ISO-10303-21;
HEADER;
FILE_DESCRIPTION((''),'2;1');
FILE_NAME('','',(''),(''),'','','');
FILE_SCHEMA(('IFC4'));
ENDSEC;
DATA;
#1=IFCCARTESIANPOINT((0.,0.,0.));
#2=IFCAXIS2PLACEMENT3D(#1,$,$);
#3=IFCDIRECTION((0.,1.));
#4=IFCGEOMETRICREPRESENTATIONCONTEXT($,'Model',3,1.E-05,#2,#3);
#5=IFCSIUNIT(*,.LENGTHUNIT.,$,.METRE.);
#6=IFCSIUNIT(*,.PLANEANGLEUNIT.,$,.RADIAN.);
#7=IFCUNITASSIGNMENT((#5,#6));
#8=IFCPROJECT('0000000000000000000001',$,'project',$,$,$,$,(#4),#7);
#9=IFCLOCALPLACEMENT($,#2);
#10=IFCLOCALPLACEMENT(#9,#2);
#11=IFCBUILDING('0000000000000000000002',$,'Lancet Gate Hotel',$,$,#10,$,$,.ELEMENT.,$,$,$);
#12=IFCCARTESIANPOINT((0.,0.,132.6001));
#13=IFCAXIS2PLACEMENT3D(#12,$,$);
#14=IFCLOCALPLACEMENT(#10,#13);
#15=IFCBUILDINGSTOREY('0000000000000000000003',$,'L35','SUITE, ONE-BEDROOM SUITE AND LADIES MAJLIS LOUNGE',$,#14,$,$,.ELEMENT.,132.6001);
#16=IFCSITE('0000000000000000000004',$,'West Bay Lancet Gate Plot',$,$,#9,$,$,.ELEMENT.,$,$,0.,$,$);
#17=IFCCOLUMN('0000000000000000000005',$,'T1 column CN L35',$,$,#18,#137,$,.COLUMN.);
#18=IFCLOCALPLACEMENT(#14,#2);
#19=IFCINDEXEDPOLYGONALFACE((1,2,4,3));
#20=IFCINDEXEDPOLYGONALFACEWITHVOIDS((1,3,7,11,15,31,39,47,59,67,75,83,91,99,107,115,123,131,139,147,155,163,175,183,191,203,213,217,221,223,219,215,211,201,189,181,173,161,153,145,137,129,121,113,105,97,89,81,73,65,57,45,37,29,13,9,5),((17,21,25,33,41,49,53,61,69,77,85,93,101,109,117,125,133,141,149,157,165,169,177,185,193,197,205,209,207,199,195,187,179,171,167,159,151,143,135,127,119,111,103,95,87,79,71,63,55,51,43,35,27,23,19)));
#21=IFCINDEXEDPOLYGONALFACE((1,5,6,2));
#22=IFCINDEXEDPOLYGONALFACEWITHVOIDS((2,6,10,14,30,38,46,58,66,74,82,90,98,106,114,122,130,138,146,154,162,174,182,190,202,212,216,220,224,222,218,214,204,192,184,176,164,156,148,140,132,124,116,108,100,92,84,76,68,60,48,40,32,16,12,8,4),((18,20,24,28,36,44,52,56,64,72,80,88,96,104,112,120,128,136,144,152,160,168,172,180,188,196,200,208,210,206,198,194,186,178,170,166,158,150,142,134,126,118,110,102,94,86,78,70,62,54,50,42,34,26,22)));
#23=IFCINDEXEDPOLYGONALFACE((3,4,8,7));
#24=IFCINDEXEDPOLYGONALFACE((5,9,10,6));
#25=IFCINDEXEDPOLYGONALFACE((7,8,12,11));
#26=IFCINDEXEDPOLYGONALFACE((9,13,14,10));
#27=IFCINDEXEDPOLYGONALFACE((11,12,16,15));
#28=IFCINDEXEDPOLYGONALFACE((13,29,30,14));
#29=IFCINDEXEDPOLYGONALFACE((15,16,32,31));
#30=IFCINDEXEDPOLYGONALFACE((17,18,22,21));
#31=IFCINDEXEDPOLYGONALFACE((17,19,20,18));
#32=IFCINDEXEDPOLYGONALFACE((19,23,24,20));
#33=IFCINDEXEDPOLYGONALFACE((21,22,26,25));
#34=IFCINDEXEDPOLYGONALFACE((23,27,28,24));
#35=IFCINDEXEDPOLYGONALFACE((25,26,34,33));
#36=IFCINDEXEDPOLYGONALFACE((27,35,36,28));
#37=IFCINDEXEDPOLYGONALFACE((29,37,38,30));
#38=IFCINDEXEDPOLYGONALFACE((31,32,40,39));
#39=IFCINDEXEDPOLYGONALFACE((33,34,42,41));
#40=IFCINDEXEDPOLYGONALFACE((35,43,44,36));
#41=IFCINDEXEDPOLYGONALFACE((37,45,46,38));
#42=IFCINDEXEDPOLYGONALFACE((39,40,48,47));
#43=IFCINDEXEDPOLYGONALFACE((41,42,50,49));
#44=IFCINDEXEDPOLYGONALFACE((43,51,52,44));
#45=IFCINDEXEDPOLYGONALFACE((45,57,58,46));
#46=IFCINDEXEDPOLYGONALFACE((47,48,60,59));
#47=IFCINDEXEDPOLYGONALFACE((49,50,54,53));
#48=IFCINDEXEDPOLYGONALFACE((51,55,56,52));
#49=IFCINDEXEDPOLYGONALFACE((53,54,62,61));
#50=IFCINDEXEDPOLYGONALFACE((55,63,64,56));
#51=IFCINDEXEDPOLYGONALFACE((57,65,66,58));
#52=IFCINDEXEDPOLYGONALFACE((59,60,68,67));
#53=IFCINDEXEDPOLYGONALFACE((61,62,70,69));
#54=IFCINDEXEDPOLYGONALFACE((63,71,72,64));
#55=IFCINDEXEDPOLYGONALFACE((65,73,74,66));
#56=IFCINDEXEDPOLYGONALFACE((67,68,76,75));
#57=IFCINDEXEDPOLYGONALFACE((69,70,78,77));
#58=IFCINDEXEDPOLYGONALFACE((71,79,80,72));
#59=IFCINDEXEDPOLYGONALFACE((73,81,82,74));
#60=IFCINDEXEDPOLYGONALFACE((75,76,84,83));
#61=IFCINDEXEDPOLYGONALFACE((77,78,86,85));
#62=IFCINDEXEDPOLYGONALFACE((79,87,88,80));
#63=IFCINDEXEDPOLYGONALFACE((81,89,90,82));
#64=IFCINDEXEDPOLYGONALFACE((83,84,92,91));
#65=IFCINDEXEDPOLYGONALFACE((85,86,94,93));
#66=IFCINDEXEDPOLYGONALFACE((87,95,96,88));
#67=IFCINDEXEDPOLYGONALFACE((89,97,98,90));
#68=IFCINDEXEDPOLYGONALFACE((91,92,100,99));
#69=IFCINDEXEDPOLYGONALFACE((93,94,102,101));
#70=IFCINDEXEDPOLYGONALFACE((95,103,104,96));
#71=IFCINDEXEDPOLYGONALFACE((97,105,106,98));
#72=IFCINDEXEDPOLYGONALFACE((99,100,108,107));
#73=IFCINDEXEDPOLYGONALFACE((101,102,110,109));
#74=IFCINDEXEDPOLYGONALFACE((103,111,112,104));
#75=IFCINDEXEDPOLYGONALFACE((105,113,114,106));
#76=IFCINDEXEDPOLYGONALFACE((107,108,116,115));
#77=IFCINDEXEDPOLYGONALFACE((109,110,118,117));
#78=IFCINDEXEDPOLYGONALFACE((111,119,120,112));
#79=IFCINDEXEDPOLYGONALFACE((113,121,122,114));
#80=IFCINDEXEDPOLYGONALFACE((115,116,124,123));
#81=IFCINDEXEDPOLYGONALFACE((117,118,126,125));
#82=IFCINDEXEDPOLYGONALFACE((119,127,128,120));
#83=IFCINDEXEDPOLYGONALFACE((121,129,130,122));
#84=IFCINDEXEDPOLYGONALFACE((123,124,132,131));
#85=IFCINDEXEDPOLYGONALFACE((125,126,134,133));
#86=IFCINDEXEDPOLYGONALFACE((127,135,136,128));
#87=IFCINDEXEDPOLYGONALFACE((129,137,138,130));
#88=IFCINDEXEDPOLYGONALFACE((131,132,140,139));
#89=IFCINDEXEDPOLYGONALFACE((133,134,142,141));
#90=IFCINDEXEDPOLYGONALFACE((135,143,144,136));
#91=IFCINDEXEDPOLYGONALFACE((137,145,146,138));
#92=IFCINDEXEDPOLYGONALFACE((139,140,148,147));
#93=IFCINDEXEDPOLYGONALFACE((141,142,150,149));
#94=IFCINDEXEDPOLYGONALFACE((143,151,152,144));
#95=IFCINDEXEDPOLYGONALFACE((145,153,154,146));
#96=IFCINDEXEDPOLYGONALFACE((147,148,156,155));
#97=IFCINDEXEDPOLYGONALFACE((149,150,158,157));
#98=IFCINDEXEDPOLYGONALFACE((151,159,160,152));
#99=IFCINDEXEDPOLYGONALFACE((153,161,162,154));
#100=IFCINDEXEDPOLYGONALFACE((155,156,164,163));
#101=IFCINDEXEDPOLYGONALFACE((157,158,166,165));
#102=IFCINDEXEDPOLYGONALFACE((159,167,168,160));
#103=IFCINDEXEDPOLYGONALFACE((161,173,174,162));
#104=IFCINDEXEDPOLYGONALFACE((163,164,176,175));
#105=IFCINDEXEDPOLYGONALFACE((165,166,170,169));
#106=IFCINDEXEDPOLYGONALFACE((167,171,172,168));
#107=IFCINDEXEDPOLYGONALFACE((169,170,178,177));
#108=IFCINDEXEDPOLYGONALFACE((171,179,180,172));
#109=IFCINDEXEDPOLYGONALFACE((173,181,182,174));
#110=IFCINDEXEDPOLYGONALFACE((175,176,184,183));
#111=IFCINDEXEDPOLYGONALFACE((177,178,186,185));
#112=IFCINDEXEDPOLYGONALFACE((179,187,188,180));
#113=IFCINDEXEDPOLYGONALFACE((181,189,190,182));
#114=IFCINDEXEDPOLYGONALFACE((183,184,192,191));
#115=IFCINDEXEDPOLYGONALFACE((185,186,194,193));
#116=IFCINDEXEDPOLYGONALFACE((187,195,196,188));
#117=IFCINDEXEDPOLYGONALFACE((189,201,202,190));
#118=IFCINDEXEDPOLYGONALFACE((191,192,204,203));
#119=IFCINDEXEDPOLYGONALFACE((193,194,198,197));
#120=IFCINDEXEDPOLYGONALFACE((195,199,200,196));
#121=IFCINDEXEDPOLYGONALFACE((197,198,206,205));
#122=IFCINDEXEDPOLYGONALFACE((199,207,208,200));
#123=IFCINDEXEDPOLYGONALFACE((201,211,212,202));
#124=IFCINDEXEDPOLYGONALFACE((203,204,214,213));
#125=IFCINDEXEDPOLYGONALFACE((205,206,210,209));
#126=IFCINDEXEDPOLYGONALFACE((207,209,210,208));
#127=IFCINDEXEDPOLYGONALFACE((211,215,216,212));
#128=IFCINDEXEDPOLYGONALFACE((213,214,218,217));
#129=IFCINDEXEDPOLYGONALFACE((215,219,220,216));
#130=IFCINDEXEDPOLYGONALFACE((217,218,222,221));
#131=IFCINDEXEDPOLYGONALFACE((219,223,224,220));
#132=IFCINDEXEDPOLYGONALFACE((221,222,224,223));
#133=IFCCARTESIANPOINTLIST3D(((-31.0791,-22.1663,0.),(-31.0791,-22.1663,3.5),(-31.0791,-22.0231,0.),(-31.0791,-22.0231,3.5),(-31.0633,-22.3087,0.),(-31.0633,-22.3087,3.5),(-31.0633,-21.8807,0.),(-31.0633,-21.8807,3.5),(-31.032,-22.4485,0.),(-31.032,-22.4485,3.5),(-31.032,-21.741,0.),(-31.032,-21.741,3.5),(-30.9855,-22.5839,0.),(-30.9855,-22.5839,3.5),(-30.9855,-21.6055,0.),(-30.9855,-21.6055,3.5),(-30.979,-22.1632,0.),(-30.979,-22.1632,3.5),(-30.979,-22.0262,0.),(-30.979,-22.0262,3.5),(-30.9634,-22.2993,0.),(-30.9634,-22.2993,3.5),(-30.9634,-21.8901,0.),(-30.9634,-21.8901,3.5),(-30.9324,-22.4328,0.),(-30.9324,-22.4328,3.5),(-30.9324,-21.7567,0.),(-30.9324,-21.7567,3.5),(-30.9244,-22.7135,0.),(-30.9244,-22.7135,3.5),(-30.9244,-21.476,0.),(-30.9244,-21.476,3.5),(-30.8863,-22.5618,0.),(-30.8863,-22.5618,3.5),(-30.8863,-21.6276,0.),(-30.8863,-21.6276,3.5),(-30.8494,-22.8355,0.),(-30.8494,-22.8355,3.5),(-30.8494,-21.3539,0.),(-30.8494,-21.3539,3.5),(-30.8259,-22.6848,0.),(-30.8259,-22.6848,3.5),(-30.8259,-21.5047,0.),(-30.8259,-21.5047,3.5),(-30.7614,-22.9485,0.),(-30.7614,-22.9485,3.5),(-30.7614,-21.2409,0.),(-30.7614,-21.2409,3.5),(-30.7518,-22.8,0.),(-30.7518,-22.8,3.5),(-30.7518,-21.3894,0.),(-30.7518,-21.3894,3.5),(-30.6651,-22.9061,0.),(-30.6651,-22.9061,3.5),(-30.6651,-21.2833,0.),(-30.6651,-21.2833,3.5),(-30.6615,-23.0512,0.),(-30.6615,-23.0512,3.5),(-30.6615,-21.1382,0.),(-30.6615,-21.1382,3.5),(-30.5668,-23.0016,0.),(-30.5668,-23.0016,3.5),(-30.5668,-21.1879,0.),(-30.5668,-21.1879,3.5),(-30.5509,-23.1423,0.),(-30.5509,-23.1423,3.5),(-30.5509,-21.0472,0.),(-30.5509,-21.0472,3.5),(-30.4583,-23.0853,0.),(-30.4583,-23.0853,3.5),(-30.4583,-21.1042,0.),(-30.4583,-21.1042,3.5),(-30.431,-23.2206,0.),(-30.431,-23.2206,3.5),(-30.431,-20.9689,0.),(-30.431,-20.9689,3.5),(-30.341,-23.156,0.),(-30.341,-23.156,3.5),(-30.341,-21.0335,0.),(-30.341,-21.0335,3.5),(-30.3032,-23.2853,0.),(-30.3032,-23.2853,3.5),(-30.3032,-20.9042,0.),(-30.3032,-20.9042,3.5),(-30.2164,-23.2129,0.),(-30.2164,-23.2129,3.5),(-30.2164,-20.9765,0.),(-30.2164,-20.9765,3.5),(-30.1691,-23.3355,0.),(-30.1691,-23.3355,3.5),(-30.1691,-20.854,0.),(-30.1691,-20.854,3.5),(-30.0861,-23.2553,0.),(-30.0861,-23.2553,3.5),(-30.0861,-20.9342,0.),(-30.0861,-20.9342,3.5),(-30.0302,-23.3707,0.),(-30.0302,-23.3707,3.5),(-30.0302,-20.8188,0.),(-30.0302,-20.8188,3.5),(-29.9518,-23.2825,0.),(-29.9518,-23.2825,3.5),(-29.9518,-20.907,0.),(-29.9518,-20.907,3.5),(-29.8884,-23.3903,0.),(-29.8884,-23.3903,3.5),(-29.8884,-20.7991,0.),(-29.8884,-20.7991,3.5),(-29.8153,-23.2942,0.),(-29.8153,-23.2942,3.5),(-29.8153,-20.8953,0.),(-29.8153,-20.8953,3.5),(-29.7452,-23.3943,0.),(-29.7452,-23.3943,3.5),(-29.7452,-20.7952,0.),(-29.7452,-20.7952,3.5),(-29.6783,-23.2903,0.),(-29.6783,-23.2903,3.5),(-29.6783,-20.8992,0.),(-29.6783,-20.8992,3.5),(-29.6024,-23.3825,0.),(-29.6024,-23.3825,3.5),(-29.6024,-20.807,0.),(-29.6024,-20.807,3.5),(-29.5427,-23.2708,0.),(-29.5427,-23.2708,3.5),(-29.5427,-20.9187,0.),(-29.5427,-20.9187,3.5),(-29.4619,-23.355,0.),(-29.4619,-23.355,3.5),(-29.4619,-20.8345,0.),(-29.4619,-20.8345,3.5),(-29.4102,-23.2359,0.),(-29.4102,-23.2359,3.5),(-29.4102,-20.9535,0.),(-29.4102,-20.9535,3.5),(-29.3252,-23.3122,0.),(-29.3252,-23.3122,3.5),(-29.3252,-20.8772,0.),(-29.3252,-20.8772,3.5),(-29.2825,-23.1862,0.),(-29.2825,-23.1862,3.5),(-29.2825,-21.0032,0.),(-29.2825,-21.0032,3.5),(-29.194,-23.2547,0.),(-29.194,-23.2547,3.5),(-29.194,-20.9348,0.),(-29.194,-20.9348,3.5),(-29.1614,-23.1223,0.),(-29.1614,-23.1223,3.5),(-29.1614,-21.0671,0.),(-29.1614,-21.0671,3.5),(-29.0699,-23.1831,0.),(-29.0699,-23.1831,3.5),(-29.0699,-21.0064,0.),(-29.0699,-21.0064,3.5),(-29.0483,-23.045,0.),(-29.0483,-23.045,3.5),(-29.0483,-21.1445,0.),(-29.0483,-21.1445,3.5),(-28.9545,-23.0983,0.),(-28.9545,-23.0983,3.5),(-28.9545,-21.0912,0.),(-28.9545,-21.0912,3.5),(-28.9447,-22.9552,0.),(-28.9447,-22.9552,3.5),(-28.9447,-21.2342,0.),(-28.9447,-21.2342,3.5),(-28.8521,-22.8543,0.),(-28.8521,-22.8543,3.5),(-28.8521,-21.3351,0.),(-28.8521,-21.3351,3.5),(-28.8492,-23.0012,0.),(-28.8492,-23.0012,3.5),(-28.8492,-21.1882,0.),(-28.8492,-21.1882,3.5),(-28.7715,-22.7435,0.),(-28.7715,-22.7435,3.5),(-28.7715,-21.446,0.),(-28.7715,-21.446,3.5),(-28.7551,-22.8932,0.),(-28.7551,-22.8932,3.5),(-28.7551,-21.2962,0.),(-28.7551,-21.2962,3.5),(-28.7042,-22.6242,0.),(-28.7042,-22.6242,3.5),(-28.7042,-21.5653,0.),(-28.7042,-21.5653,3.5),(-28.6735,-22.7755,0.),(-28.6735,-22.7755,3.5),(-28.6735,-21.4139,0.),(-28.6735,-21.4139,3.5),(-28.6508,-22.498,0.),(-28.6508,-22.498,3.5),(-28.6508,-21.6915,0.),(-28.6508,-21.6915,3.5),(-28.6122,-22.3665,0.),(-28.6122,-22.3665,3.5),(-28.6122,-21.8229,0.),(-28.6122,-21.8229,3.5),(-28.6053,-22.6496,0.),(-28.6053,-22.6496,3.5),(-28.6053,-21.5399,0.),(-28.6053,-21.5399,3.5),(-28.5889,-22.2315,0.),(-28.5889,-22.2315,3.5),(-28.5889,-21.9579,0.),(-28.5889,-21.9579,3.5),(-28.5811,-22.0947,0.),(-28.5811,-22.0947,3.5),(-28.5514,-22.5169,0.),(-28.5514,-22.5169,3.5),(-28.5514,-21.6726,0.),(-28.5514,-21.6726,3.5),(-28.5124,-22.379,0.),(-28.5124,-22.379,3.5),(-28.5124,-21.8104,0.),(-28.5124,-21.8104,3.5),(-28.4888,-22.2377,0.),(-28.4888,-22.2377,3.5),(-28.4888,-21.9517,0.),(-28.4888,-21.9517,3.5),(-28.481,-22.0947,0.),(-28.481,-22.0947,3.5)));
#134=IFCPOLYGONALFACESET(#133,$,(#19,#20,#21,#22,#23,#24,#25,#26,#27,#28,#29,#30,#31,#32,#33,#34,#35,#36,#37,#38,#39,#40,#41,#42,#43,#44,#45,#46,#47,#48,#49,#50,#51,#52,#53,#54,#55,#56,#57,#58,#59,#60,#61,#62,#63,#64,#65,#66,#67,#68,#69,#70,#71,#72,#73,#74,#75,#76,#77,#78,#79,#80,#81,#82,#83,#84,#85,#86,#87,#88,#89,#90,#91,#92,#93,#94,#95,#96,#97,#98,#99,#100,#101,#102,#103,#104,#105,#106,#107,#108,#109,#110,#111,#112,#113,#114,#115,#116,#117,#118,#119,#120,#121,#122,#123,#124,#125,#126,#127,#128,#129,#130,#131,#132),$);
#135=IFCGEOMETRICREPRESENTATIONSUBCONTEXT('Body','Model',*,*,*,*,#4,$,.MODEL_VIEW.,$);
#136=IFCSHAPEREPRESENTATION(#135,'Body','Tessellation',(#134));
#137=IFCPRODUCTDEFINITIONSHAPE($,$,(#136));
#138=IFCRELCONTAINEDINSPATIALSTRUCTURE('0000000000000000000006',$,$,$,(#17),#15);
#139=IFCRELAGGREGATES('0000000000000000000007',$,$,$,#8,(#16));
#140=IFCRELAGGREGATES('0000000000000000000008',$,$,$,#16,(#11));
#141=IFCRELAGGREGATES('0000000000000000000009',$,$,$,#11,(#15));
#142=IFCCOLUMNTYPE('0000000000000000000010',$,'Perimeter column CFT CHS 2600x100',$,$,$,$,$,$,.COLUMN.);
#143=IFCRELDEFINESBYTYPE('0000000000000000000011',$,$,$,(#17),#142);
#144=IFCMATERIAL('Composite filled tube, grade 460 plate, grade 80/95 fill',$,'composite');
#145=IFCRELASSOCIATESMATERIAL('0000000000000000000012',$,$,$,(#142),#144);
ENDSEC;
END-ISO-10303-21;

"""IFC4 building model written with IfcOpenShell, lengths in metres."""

from ifc_helpers import new_model, si_unit, direction, frame, origin, origin_2d, place, context, subcontext, project, spatial, hollow_circle, extrude, material, material_profile, profile_set, type_object, element, save


model = new_model("IFC4")

# Units and contexts
model_context = context("Model", 3, precision=1e-05, world=origin(), true_north=direction((0.0, 1.0)))
body_context = subcontext(model_context, "Body", "Model", "MODEL_VIEW")
ifc_project = project(units=[si_unit("LENGTHUNIT", "METRE"), si_unit("PLANEANGLEUNIT", "RADIAN")], contexts=[model_context])

# Site, building, storey
site_placement = place(None, origin())
site = spatial("IfcSite", under=ifc_project, at=site_placement, Name="West Bay Lancet Gate Plot", CompositionType="ELEMENT", RefElevation=0.0)
building_placement = place(site_placement, origin())
building = spatial("IfcBuilding", under=site, at=building_placement, Name="Lancet Gate Hotel", CompositionType="ELEMENT")
storey_placement = place(building_placement, frame((0.0, 0.0, 132.6001)))
storey = spatial("IfcBuildingStorey", under=building, at=storey_placement, Name="L35", Description="SUITE, ONE-BEDROOM SUITE AND LADIES MAJLIS LOUNGE", CompositionType="ELEMENT", Elevation=132.6001)

# Column
ifc_material_1 = material(Name="Composite filled tube, grade 460 plate, grade 80/95 fill", Category="composite")
ifc_material_profile_1 = material_profile(ifc_material_1, hollow_circle(Radius=1.3, WallThickness=0.1001, at=origin_2d()), Name="CHS 2600x100")
ifc_profile_set_1 = profile_set([ifc_material_profile_1], Name="Composite filled tube, grade 460 plate, grade 80/95 fill")
column_type = type_object("IfcColumnType", Name="Perimeter column CFT CHS 2600x100", PredefinedType="COLUMN", material=ifc_profile_set_1)
for number, where, z_axis, x_axis, name in (
    (1, (-29.781, -22.0947, 0.0), (0.0, 0.0, 1.0), (1.0, 0.0, 0.0), "T1 column CN L35"),
):
    element("IfcColumn", number, at=place(storey_placement, frame(where, z_axis=z_axis, x_axis=x_axis)), inside=storey, type_object=column_type, Name=name, PredefinedType="COLUMN", context=body_context, shape_type="SweptSolid", body=[
        extrude(hollow_circle(Radius=1.3, WallThickness=0.1001, at=origin_2d()), origin(), (0.0, 0.0, 1.0), 3.5),
    ])

save(model, "model.ifc")
